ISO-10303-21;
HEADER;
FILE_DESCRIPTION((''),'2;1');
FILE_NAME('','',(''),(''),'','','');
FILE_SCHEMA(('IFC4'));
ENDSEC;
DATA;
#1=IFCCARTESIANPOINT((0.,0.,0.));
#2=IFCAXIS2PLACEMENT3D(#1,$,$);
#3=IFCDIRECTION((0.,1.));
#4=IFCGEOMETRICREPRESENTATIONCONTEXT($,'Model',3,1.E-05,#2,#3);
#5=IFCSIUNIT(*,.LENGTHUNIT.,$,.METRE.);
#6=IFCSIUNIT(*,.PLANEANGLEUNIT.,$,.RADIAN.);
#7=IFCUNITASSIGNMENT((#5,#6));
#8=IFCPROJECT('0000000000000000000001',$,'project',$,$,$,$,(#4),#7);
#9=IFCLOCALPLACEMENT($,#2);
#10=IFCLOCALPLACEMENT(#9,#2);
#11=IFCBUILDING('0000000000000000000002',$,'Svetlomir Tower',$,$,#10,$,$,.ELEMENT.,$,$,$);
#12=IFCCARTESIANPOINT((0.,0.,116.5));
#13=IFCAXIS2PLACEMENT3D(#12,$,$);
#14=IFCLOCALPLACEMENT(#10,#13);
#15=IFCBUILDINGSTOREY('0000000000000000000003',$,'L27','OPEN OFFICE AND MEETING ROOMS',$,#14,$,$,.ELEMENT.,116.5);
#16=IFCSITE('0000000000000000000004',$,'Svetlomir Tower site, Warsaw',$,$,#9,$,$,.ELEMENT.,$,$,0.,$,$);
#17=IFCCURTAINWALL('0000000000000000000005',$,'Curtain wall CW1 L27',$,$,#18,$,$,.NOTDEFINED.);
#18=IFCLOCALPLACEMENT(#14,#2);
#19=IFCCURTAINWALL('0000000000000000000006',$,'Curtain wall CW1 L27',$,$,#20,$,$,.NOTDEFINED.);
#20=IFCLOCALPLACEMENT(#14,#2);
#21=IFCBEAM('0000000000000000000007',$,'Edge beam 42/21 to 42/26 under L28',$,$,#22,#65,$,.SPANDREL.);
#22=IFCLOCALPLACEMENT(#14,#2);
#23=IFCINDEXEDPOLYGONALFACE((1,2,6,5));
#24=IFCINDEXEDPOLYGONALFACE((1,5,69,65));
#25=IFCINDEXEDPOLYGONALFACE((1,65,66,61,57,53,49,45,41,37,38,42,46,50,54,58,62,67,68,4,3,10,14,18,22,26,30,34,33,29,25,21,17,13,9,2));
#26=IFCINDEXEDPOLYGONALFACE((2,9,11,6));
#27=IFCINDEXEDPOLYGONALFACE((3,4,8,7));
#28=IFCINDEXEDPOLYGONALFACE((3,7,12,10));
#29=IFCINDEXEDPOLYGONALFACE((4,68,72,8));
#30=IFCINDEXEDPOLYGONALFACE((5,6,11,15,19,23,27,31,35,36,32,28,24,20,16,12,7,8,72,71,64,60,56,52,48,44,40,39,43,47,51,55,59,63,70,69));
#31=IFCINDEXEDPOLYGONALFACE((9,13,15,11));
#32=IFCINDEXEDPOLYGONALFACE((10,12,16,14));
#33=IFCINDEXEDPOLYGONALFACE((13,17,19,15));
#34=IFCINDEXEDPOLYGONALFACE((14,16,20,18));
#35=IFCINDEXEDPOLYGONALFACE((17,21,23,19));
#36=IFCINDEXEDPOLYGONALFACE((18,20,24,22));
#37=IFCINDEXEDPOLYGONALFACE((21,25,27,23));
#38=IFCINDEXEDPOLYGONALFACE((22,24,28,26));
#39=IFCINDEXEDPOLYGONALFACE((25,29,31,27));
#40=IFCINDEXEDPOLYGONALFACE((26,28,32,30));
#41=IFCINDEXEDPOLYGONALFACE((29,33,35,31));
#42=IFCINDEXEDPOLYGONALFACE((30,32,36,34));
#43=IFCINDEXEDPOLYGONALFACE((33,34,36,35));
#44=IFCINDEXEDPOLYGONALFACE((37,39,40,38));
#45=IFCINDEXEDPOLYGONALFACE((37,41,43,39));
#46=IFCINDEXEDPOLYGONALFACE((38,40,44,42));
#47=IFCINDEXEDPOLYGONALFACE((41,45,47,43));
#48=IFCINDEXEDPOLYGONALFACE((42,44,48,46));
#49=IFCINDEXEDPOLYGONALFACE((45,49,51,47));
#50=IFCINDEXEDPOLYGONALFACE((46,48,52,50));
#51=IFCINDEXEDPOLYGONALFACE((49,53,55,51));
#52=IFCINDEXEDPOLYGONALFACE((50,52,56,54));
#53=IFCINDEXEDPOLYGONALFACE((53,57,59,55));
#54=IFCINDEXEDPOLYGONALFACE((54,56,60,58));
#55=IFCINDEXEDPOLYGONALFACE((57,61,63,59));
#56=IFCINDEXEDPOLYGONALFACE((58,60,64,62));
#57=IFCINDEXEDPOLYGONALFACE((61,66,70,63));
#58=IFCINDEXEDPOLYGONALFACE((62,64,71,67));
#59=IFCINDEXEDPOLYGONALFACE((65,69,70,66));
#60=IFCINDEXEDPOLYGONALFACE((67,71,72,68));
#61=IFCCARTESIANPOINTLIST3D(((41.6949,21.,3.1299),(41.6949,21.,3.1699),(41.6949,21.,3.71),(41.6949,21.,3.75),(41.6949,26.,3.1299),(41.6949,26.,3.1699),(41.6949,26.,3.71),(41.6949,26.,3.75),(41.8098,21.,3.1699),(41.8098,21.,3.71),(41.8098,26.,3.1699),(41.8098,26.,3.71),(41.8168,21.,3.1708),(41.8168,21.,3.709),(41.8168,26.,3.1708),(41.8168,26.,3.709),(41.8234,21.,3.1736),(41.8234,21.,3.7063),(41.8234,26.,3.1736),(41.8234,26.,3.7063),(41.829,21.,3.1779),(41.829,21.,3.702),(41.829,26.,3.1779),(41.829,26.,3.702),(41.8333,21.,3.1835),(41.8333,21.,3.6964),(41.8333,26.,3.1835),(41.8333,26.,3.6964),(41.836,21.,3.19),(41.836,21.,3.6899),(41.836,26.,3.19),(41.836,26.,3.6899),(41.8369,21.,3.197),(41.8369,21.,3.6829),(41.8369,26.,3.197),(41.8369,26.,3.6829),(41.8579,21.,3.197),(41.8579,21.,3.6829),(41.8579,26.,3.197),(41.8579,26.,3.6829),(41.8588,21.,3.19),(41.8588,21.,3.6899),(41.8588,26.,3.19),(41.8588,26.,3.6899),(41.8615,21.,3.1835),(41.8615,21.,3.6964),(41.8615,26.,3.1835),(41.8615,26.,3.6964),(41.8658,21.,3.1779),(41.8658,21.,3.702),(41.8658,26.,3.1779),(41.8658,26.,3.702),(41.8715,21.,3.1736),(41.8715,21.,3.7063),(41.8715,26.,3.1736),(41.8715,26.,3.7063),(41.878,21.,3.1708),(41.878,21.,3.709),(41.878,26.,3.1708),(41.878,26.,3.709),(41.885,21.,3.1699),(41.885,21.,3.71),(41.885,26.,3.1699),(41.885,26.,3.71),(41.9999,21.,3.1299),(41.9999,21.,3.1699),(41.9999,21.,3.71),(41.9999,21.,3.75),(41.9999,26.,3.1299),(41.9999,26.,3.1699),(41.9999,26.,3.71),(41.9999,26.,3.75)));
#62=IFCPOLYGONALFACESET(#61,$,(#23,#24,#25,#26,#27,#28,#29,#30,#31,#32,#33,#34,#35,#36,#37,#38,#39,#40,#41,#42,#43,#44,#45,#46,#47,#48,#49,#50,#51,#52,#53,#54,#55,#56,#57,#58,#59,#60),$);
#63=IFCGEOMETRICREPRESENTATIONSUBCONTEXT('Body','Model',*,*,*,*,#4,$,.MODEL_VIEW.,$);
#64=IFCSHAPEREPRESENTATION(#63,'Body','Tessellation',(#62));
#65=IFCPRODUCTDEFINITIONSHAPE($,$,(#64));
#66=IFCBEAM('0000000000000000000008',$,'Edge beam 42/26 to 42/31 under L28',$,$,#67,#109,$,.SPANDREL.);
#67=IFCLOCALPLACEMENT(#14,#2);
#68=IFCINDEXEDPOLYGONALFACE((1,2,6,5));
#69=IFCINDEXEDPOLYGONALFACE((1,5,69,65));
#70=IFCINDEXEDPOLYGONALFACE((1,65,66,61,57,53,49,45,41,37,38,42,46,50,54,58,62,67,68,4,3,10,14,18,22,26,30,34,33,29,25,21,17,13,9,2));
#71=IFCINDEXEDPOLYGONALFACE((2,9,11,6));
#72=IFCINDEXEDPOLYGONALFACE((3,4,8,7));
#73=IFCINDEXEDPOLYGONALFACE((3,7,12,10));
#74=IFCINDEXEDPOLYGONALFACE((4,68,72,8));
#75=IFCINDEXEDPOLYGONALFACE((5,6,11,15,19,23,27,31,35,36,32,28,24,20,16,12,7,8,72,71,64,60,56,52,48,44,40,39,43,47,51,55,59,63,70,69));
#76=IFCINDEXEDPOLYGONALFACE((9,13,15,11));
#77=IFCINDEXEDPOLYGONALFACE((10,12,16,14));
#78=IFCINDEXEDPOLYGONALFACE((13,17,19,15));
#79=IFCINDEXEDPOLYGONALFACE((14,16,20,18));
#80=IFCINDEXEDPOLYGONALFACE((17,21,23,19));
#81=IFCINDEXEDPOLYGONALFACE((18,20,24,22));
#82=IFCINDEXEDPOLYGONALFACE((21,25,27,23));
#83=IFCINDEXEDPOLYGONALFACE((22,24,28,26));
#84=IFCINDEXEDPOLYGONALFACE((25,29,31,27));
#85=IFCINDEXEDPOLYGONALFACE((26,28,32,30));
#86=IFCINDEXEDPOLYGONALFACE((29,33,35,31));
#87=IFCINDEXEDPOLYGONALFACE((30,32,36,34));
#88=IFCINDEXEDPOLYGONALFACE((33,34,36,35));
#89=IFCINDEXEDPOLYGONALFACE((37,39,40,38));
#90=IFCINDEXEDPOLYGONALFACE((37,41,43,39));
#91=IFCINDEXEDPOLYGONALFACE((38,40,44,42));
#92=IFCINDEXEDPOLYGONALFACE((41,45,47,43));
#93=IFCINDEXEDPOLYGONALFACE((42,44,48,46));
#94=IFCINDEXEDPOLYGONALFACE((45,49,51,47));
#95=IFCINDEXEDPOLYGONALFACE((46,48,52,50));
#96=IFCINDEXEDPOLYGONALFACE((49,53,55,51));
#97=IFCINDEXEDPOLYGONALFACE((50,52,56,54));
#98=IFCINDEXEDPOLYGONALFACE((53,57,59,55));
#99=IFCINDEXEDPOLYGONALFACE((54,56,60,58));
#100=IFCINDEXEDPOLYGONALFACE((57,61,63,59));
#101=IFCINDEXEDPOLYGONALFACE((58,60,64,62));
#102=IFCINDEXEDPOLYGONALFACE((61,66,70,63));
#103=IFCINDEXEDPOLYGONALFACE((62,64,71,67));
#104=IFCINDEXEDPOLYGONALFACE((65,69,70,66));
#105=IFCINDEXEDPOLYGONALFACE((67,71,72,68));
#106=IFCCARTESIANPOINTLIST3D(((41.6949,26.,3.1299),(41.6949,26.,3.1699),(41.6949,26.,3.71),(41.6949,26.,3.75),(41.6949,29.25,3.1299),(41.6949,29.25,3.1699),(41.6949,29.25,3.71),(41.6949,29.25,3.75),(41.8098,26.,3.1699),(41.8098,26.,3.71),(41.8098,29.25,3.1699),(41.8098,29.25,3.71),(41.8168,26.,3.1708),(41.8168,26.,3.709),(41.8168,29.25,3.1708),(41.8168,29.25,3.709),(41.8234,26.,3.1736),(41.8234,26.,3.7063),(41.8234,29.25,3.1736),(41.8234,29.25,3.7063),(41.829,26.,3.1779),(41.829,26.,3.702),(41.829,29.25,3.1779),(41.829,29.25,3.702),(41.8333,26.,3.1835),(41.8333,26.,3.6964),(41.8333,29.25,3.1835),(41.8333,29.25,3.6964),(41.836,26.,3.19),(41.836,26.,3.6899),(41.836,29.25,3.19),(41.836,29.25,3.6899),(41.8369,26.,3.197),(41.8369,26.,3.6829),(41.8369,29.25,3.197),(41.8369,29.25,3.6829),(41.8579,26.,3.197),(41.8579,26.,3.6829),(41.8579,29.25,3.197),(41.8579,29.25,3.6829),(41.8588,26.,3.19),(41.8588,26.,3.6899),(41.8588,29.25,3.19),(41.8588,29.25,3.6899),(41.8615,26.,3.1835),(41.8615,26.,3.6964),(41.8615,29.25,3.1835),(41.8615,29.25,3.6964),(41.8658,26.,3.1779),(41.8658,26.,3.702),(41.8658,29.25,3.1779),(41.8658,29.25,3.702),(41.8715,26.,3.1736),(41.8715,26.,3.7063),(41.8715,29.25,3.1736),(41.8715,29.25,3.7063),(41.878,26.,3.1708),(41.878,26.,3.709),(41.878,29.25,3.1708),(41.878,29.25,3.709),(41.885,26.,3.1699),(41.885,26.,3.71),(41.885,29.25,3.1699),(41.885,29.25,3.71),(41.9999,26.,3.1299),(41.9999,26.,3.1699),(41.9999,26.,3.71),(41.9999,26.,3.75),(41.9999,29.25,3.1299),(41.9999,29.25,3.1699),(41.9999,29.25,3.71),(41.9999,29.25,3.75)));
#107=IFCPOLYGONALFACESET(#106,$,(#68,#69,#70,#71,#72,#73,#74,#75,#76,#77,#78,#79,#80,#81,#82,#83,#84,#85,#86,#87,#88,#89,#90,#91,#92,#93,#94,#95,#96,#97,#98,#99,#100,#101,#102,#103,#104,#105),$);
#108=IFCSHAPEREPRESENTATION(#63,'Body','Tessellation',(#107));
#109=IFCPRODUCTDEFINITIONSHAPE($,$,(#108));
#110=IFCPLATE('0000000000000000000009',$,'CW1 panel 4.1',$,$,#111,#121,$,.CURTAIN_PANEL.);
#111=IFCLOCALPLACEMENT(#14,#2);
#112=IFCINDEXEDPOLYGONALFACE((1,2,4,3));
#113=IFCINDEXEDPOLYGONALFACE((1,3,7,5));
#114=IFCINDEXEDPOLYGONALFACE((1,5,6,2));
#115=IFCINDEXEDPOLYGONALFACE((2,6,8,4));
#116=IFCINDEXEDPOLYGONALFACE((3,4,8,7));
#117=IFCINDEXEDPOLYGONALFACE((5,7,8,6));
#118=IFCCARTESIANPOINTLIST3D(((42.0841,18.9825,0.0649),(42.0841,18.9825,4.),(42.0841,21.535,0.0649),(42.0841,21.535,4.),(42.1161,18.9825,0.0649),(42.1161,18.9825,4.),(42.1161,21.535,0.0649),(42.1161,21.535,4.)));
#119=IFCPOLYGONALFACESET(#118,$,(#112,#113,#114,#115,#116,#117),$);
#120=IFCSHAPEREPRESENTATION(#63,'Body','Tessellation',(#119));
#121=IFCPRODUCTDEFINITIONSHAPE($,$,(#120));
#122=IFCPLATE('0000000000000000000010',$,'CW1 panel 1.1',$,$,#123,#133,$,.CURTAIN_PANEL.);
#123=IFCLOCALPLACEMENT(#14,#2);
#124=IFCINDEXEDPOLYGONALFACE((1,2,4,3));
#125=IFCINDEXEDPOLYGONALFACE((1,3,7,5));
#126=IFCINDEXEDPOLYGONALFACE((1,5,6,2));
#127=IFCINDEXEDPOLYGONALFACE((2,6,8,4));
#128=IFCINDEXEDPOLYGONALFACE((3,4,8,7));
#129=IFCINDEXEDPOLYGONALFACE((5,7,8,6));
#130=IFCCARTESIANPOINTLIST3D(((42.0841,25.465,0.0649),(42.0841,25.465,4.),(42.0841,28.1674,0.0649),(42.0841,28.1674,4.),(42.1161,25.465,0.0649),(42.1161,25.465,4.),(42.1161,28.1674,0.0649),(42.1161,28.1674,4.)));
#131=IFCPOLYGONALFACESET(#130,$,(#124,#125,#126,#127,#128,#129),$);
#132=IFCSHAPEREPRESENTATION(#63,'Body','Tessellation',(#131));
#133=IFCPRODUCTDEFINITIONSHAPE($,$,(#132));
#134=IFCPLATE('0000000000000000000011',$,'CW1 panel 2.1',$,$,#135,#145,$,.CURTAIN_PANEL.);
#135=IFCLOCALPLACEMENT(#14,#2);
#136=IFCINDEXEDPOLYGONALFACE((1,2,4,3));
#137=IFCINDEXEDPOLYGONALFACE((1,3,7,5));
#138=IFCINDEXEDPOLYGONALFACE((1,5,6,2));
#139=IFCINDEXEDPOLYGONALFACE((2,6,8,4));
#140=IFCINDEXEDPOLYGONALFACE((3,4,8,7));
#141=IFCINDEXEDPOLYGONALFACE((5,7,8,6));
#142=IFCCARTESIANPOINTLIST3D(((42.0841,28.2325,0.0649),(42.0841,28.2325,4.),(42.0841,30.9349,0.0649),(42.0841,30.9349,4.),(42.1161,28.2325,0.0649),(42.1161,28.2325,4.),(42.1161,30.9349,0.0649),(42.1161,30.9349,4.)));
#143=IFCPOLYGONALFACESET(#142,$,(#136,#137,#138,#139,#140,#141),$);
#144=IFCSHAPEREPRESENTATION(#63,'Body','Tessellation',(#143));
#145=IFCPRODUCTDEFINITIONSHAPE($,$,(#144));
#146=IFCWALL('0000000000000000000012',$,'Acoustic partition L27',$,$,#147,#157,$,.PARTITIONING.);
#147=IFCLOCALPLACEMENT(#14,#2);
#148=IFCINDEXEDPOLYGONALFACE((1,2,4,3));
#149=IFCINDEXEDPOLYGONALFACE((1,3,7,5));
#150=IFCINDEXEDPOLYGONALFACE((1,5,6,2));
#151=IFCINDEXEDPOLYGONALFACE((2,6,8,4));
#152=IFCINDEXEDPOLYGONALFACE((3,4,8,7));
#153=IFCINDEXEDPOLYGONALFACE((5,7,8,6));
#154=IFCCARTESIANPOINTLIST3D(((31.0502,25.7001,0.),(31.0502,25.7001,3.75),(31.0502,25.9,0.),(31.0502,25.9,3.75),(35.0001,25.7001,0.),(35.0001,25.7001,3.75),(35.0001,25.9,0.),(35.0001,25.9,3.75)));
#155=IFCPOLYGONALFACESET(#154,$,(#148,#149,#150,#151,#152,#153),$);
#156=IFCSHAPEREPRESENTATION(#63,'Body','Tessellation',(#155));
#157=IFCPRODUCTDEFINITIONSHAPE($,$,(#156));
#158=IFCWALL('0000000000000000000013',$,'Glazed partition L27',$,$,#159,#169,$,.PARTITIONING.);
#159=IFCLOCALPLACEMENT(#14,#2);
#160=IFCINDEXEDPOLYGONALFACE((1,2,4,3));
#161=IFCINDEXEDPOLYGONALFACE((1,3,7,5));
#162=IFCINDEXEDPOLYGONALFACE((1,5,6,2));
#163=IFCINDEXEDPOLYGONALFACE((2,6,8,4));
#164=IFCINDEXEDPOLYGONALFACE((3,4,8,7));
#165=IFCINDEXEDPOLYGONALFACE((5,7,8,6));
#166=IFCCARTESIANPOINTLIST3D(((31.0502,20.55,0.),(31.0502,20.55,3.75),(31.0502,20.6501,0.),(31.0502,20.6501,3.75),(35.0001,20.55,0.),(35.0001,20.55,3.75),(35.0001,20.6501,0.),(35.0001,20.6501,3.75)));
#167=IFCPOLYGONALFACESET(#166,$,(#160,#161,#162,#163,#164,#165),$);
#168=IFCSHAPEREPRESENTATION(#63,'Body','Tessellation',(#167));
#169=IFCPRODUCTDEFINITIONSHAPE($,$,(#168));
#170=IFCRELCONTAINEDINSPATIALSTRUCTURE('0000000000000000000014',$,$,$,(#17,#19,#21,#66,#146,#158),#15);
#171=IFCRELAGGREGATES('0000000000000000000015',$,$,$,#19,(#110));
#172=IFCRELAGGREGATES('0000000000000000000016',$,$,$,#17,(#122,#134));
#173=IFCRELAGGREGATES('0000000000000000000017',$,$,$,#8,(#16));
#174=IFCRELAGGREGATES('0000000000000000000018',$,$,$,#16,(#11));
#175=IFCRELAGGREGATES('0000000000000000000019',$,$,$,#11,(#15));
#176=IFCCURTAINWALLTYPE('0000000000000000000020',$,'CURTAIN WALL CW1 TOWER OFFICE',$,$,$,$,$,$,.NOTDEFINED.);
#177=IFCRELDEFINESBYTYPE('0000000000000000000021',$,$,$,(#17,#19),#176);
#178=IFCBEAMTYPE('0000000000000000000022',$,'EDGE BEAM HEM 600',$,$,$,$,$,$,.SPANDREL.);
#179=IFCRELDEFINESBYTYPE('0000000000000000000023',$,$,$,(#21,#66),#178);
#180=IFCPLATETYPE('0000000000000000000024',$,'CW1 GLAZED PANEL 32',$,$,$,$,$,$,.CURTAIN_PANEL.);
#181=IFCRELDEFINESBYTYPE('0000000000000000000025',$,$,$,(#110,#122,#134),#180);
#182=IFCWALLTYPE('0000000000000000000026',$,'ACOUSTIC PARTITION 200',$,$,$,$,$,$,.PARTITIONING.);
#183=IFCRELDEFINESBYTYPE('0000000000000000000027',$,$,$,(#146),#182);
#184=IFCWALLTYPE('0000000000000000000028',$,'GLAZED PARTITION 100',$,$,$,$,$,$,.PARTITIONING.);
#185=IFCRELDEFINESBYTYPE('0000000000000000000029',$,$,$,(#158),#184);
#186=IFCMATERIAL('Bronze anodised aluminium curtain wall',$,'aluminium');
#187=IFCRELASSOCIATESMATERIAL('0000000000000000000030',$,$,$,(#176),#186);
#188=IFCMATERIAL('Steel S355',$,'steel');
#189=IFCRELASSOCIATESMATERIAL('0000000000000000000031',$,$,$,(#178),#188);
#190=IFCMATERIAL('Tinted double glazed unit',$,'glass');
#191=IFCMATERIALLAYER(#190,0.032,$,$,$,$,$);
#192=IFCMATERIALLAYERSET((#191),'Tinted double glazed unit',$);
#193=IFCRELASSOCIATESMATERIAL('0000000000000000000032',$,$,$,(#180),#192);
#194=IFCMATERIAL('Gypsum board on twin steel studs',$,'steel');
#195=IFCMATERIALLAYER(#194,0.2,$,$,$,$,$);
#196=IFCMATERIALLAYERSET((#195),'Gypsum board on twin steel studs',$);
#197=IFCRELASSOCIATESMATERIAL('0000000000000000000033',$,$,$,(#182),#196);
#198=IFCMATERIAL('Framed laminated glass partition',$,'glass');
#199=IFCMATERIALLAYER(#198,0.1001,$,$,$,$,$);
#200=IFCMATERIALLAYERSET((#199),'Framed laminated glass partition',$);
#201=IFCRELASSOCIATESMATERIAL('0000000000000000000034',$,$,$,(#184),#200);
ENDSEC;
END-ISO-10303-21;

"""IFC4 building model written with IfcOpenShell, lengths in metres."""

from ifc_helpers import new_model, si_unit, direction, frame, frame_2d, origin, origin_2d, place, context, subcontext, project, spatial, rectangle, i_section, extrude, material, layer, layer_set, material_profile, profile_set, type_object, element, aggregate, save


model = new_model("IFC4")

# Units and contexts
model_context = context("Model", 3, precision=1e-05, world=origin(), true_north=direction((0.0, 1.0)))
body_context = subcontext(model_context, "Body", "Model", "MODEL_VIEW")
ifc_project = project(units=[si_unit("LENGTHUNIT", "METRE"), si_unit("PLANEANGLEUNIT", "RADIAN")], contexts=[model_context])

# Site, building, storey
site_placement = place(None, origin())
site = spatial("IfcSite", under=ifc_project, at=site_placement, Name="Svetlomir Tower site, Warsaw", CompositionType="ELEMENT", RefElevation=0.0)
building_placement = place(site_placement, origin())
building = spatial("IfcBuilding", under=site, at=building_placement, Name="Svetlomir Tower", CompositionType="ELEMENT")
storey_placement = place(building_placement, frame((0.0, 0.0, 116.5)))
storey = spatial("IfcBuildingStorey", under=building, at=storey_placement, Name="L27", Description="OPEN OFFICE AND MEETING ROOMS", CompositionType="ELEMENT", Elevation=116.5)

# Curtain walls
ifc_material_1 = material(Name="Bronze anodised aluminium curtain wall", Category="aluminium")
curtain_wall_type = type_object("IfcCurtainWallType", Name="CURTAIN WALL CW1 TOWER OFFICE", PredefinedType="NOTDEFINED", material=ifc_material_1)
curtain_wall_1_placement = place(storey_placement, origin())
curtain_wall_1 = element("IfcCurtainWall", 1, at=curtain_wall_1_placement, inside=storey, type_object=curtain_wall_type, Name="Curtain wall CW1 L27", PredefinedType="NOTDEFINED")
curtain_wall_2_placement = place(storey_placement, origin())
curtain_wall_2 = element("IfcCurtainWall", 2, at=curtain_wall_2_placement, inside=storey, type_object=curtain_wall_type, Name="Curtain wall CW1 L27", PredefinedType="NOTDEFINED")

# Beams
ifc_material_2 = material(Name="Steel S355", Category="steel")
ifc_material_profile_1 = material_profile(ifc_material_2, i_section(OverallWidth=0.3049, OverallDepth=0.6201, WebThickness=0.021, FlangeThickness=0.04, FilletRadius=0.0271, at=origin_2d()), Name="HEM 600")
ifc_profile_set_1 = profile_set([ifc_material_profile_1], Name="Steel S355")
beam_type_1 = type_object("IfcBeamType", Name="EDGE BEAM HEM 600", PredefinedType="SPANDREL", material=ifc_profile_set_1)
beam_1_placement = place(storey_placement, frame((41.8474, 21.0, 3.4399), z_axis=(0.0, 1.0, 0.0), x_axis=(-1.0, 0.0, 0.0)))
element("IfcBeam", 3, at=beam_1_placement, inside=storey, type_object=beam_type_1, Name="Edge beam 42/21 to 42/26 under L28", PredefinedType="SPANDREL", context=body_context, shape_type="SweptSolid", body=[
    extrude(i_section(OverallWidth=0.3049, OverallDepth=0.6201, WebThickness=0.021, FlangeThickness=0.04, FilletRadius=0.0271, at=origin_2d()), origin(), (0.0, 0.0, 1.0), 5.0),
])
beam_2_placement = place(storey_placement, frame((41.8474, 26.0, 3.4399), z_axis=(0.0, 1.0, 0.0), x_axis=(-1.0, 0.0, 0.0)))
element("IfcBeam", 4, at=beam_2_placement, inside=storey, type_object=beam_type_1, Name="Edge beam 42/26 to 42/31 under L28", PredefinedType="SPANDREL", context=body_context, shape_type="SweptSolid", body=[
    extrude(i_section(OverallWidth=0.3049, OverallDepth=0.6201, WebThickness=0.021, FlangeThickness=0.04, FilletRadius=0.0271, at=origin_2d()), origin(), (0.0, 0.0, 1.0), 3.25),
])

# Plates
ifc_material_3 = material(Name="Tinted double glazed unit", Category="glass")
ifc_layer_1 = layer(ifc_material_3, 0.032)
ifc_layer_set_1 = layer_set([ifc_layer_1], Name="Tinted double glazed unit")
plate_type = type_object("IfcPlateType", Name="CW1 GLAZED PANEL 32", PredefinedType="CURTAIN_PANEL", material=ifc_layer_set_1)
plate_1_placement = place(storey_placement, frame((42.1001, 20.2588, 0.0649), z_axis=(0.0, 0.0, 1.0), x_axis=(0.0, 1.0, 0.0)))
plate_1 = element("IfcPlate", 5, at=plate_1_placement, type_object=plate_type, Name="CW1 panel 4.1", PredefinedType="CURTAIN_PANEL", context=body_context, shape_type="SweptSolid", body=[
    extrude(rectangle(XDim=2.5525, YDim=0.032, at=origin_2d()), origin(), (0.0, 0.0, 1.0), 3.9351),
])
aggregate(curtain_wall_2, [plate_1])
plate_2_placement = place(storey_placement, frame((42.1001, 26.8162, 0.0649), z_axis=(0.0, 0.0, 1.0), x_axis=(0.0, 1.0, 0.0)))
plate_2 = element("IfcPlate", 6, at=plate_2_placement, type_object=plate_type, Name="CW1 panel 1.1", PredefinedType="CURTAIN_PANEL", context=body_context, shape_type="SweptSolid", body=[
    extrude(rectangle(XDim=2.7024, YDim=0.032, at=origin_2d()), origin(), (0.0, 0.0, 1.0), 3.9351),
])
plate_3_placement = place(storey_placement, frame((42.1001, 29.5837, 0.0649), z_axis=(0.0, 0.0, 1.0), x_axis=(0.0, 1.0, 0.0)))
plate_3 = element("IfcPlate", 7, at=plate_3_placement, type_object=plate_type, Name="CW1 panel 2.1", PredefinedType="CURTAIN_PANEL", context=body_context, shape_type="SweptSolid", body=[
    extrude(rectangle(XDim=2.7024, YDim=0.032, at=origin_2d()), origin(), (0.0, 0.0, 1.0), 3.9351),
])
aggregate(curtain_wall_1, [plate_2, plate_3])

# Wall
ifc_material_4 = material(Name="Gypsum board on twin steel studs", Category="steel")
ifc_layer_2 = layer(ifc_material_4, 0.2)
ifc_layer_set_2 = layer_set([ifc_layer_2], Name="Gypsum board on twin steel studs")
wall_type_1 = type_object("IfcWallType", Name="ACOUSTIC PARTITION 200", PredefinedType="PARTITIONING", material=ifc_layer_set_2)
wall_1_placement = place(storey_placement, frame((31.05, 25.8, 0.0), z_axis=(0.0, 0.0, 1.0), x_axis=(1.0, 0.0, 0.0)))
element("IfcWall", 8, at=wall_1_placement, inside=storey, type_object=wall_type_1, Name="Acoustic partition L27", PredefinedType="PARTITIONING", context=body_context, shape_type="SweptSolid", body=[
    extrude(rectangle(XDim=3.95, YDim=0.2, at=frame_2d((1.9751, 0.0))), origin(), (0.0, 0.0, 1.0), 3.75),
])

# Wall
ifc_material_5 = material(Name="Framed laminated glass partition", Category="glass")
ifc_layer_3 = layer(ifc_material_5, 0.1001)
ifc_layer_set_3 = layer_set([ifc_layer_3], Name="Framed laminated glass partition")
wall_type_2 = type_object("IfcWallType", Name="GLAZED PARTITION 100", PredefinedType="PARTITIONING", material=ifc_layer_set_3)
wall_2_placement = place(storey_placement, frame((31.05, 20.6001, 0.0), z_axis=(0.0, 0.0, 1.0), x_axis=(1.0, 0.0, 0.0)))
element("IfcWall", 9, at=wall_2_placement, inside=storey, type_object=wall_type_2, Name="Glazed partition L27", PredefinedType="PARTITIONING", context=body_context, shape_type="SweptSolid", body=[
    extrude(rectangle(XDim=3.95, YDim=0.1001, at=frame_2d((1.9751, 0.0))), origin(), (0.0, 0.0, 1.0), 3.75),
])

save(model, "model.ifc")
